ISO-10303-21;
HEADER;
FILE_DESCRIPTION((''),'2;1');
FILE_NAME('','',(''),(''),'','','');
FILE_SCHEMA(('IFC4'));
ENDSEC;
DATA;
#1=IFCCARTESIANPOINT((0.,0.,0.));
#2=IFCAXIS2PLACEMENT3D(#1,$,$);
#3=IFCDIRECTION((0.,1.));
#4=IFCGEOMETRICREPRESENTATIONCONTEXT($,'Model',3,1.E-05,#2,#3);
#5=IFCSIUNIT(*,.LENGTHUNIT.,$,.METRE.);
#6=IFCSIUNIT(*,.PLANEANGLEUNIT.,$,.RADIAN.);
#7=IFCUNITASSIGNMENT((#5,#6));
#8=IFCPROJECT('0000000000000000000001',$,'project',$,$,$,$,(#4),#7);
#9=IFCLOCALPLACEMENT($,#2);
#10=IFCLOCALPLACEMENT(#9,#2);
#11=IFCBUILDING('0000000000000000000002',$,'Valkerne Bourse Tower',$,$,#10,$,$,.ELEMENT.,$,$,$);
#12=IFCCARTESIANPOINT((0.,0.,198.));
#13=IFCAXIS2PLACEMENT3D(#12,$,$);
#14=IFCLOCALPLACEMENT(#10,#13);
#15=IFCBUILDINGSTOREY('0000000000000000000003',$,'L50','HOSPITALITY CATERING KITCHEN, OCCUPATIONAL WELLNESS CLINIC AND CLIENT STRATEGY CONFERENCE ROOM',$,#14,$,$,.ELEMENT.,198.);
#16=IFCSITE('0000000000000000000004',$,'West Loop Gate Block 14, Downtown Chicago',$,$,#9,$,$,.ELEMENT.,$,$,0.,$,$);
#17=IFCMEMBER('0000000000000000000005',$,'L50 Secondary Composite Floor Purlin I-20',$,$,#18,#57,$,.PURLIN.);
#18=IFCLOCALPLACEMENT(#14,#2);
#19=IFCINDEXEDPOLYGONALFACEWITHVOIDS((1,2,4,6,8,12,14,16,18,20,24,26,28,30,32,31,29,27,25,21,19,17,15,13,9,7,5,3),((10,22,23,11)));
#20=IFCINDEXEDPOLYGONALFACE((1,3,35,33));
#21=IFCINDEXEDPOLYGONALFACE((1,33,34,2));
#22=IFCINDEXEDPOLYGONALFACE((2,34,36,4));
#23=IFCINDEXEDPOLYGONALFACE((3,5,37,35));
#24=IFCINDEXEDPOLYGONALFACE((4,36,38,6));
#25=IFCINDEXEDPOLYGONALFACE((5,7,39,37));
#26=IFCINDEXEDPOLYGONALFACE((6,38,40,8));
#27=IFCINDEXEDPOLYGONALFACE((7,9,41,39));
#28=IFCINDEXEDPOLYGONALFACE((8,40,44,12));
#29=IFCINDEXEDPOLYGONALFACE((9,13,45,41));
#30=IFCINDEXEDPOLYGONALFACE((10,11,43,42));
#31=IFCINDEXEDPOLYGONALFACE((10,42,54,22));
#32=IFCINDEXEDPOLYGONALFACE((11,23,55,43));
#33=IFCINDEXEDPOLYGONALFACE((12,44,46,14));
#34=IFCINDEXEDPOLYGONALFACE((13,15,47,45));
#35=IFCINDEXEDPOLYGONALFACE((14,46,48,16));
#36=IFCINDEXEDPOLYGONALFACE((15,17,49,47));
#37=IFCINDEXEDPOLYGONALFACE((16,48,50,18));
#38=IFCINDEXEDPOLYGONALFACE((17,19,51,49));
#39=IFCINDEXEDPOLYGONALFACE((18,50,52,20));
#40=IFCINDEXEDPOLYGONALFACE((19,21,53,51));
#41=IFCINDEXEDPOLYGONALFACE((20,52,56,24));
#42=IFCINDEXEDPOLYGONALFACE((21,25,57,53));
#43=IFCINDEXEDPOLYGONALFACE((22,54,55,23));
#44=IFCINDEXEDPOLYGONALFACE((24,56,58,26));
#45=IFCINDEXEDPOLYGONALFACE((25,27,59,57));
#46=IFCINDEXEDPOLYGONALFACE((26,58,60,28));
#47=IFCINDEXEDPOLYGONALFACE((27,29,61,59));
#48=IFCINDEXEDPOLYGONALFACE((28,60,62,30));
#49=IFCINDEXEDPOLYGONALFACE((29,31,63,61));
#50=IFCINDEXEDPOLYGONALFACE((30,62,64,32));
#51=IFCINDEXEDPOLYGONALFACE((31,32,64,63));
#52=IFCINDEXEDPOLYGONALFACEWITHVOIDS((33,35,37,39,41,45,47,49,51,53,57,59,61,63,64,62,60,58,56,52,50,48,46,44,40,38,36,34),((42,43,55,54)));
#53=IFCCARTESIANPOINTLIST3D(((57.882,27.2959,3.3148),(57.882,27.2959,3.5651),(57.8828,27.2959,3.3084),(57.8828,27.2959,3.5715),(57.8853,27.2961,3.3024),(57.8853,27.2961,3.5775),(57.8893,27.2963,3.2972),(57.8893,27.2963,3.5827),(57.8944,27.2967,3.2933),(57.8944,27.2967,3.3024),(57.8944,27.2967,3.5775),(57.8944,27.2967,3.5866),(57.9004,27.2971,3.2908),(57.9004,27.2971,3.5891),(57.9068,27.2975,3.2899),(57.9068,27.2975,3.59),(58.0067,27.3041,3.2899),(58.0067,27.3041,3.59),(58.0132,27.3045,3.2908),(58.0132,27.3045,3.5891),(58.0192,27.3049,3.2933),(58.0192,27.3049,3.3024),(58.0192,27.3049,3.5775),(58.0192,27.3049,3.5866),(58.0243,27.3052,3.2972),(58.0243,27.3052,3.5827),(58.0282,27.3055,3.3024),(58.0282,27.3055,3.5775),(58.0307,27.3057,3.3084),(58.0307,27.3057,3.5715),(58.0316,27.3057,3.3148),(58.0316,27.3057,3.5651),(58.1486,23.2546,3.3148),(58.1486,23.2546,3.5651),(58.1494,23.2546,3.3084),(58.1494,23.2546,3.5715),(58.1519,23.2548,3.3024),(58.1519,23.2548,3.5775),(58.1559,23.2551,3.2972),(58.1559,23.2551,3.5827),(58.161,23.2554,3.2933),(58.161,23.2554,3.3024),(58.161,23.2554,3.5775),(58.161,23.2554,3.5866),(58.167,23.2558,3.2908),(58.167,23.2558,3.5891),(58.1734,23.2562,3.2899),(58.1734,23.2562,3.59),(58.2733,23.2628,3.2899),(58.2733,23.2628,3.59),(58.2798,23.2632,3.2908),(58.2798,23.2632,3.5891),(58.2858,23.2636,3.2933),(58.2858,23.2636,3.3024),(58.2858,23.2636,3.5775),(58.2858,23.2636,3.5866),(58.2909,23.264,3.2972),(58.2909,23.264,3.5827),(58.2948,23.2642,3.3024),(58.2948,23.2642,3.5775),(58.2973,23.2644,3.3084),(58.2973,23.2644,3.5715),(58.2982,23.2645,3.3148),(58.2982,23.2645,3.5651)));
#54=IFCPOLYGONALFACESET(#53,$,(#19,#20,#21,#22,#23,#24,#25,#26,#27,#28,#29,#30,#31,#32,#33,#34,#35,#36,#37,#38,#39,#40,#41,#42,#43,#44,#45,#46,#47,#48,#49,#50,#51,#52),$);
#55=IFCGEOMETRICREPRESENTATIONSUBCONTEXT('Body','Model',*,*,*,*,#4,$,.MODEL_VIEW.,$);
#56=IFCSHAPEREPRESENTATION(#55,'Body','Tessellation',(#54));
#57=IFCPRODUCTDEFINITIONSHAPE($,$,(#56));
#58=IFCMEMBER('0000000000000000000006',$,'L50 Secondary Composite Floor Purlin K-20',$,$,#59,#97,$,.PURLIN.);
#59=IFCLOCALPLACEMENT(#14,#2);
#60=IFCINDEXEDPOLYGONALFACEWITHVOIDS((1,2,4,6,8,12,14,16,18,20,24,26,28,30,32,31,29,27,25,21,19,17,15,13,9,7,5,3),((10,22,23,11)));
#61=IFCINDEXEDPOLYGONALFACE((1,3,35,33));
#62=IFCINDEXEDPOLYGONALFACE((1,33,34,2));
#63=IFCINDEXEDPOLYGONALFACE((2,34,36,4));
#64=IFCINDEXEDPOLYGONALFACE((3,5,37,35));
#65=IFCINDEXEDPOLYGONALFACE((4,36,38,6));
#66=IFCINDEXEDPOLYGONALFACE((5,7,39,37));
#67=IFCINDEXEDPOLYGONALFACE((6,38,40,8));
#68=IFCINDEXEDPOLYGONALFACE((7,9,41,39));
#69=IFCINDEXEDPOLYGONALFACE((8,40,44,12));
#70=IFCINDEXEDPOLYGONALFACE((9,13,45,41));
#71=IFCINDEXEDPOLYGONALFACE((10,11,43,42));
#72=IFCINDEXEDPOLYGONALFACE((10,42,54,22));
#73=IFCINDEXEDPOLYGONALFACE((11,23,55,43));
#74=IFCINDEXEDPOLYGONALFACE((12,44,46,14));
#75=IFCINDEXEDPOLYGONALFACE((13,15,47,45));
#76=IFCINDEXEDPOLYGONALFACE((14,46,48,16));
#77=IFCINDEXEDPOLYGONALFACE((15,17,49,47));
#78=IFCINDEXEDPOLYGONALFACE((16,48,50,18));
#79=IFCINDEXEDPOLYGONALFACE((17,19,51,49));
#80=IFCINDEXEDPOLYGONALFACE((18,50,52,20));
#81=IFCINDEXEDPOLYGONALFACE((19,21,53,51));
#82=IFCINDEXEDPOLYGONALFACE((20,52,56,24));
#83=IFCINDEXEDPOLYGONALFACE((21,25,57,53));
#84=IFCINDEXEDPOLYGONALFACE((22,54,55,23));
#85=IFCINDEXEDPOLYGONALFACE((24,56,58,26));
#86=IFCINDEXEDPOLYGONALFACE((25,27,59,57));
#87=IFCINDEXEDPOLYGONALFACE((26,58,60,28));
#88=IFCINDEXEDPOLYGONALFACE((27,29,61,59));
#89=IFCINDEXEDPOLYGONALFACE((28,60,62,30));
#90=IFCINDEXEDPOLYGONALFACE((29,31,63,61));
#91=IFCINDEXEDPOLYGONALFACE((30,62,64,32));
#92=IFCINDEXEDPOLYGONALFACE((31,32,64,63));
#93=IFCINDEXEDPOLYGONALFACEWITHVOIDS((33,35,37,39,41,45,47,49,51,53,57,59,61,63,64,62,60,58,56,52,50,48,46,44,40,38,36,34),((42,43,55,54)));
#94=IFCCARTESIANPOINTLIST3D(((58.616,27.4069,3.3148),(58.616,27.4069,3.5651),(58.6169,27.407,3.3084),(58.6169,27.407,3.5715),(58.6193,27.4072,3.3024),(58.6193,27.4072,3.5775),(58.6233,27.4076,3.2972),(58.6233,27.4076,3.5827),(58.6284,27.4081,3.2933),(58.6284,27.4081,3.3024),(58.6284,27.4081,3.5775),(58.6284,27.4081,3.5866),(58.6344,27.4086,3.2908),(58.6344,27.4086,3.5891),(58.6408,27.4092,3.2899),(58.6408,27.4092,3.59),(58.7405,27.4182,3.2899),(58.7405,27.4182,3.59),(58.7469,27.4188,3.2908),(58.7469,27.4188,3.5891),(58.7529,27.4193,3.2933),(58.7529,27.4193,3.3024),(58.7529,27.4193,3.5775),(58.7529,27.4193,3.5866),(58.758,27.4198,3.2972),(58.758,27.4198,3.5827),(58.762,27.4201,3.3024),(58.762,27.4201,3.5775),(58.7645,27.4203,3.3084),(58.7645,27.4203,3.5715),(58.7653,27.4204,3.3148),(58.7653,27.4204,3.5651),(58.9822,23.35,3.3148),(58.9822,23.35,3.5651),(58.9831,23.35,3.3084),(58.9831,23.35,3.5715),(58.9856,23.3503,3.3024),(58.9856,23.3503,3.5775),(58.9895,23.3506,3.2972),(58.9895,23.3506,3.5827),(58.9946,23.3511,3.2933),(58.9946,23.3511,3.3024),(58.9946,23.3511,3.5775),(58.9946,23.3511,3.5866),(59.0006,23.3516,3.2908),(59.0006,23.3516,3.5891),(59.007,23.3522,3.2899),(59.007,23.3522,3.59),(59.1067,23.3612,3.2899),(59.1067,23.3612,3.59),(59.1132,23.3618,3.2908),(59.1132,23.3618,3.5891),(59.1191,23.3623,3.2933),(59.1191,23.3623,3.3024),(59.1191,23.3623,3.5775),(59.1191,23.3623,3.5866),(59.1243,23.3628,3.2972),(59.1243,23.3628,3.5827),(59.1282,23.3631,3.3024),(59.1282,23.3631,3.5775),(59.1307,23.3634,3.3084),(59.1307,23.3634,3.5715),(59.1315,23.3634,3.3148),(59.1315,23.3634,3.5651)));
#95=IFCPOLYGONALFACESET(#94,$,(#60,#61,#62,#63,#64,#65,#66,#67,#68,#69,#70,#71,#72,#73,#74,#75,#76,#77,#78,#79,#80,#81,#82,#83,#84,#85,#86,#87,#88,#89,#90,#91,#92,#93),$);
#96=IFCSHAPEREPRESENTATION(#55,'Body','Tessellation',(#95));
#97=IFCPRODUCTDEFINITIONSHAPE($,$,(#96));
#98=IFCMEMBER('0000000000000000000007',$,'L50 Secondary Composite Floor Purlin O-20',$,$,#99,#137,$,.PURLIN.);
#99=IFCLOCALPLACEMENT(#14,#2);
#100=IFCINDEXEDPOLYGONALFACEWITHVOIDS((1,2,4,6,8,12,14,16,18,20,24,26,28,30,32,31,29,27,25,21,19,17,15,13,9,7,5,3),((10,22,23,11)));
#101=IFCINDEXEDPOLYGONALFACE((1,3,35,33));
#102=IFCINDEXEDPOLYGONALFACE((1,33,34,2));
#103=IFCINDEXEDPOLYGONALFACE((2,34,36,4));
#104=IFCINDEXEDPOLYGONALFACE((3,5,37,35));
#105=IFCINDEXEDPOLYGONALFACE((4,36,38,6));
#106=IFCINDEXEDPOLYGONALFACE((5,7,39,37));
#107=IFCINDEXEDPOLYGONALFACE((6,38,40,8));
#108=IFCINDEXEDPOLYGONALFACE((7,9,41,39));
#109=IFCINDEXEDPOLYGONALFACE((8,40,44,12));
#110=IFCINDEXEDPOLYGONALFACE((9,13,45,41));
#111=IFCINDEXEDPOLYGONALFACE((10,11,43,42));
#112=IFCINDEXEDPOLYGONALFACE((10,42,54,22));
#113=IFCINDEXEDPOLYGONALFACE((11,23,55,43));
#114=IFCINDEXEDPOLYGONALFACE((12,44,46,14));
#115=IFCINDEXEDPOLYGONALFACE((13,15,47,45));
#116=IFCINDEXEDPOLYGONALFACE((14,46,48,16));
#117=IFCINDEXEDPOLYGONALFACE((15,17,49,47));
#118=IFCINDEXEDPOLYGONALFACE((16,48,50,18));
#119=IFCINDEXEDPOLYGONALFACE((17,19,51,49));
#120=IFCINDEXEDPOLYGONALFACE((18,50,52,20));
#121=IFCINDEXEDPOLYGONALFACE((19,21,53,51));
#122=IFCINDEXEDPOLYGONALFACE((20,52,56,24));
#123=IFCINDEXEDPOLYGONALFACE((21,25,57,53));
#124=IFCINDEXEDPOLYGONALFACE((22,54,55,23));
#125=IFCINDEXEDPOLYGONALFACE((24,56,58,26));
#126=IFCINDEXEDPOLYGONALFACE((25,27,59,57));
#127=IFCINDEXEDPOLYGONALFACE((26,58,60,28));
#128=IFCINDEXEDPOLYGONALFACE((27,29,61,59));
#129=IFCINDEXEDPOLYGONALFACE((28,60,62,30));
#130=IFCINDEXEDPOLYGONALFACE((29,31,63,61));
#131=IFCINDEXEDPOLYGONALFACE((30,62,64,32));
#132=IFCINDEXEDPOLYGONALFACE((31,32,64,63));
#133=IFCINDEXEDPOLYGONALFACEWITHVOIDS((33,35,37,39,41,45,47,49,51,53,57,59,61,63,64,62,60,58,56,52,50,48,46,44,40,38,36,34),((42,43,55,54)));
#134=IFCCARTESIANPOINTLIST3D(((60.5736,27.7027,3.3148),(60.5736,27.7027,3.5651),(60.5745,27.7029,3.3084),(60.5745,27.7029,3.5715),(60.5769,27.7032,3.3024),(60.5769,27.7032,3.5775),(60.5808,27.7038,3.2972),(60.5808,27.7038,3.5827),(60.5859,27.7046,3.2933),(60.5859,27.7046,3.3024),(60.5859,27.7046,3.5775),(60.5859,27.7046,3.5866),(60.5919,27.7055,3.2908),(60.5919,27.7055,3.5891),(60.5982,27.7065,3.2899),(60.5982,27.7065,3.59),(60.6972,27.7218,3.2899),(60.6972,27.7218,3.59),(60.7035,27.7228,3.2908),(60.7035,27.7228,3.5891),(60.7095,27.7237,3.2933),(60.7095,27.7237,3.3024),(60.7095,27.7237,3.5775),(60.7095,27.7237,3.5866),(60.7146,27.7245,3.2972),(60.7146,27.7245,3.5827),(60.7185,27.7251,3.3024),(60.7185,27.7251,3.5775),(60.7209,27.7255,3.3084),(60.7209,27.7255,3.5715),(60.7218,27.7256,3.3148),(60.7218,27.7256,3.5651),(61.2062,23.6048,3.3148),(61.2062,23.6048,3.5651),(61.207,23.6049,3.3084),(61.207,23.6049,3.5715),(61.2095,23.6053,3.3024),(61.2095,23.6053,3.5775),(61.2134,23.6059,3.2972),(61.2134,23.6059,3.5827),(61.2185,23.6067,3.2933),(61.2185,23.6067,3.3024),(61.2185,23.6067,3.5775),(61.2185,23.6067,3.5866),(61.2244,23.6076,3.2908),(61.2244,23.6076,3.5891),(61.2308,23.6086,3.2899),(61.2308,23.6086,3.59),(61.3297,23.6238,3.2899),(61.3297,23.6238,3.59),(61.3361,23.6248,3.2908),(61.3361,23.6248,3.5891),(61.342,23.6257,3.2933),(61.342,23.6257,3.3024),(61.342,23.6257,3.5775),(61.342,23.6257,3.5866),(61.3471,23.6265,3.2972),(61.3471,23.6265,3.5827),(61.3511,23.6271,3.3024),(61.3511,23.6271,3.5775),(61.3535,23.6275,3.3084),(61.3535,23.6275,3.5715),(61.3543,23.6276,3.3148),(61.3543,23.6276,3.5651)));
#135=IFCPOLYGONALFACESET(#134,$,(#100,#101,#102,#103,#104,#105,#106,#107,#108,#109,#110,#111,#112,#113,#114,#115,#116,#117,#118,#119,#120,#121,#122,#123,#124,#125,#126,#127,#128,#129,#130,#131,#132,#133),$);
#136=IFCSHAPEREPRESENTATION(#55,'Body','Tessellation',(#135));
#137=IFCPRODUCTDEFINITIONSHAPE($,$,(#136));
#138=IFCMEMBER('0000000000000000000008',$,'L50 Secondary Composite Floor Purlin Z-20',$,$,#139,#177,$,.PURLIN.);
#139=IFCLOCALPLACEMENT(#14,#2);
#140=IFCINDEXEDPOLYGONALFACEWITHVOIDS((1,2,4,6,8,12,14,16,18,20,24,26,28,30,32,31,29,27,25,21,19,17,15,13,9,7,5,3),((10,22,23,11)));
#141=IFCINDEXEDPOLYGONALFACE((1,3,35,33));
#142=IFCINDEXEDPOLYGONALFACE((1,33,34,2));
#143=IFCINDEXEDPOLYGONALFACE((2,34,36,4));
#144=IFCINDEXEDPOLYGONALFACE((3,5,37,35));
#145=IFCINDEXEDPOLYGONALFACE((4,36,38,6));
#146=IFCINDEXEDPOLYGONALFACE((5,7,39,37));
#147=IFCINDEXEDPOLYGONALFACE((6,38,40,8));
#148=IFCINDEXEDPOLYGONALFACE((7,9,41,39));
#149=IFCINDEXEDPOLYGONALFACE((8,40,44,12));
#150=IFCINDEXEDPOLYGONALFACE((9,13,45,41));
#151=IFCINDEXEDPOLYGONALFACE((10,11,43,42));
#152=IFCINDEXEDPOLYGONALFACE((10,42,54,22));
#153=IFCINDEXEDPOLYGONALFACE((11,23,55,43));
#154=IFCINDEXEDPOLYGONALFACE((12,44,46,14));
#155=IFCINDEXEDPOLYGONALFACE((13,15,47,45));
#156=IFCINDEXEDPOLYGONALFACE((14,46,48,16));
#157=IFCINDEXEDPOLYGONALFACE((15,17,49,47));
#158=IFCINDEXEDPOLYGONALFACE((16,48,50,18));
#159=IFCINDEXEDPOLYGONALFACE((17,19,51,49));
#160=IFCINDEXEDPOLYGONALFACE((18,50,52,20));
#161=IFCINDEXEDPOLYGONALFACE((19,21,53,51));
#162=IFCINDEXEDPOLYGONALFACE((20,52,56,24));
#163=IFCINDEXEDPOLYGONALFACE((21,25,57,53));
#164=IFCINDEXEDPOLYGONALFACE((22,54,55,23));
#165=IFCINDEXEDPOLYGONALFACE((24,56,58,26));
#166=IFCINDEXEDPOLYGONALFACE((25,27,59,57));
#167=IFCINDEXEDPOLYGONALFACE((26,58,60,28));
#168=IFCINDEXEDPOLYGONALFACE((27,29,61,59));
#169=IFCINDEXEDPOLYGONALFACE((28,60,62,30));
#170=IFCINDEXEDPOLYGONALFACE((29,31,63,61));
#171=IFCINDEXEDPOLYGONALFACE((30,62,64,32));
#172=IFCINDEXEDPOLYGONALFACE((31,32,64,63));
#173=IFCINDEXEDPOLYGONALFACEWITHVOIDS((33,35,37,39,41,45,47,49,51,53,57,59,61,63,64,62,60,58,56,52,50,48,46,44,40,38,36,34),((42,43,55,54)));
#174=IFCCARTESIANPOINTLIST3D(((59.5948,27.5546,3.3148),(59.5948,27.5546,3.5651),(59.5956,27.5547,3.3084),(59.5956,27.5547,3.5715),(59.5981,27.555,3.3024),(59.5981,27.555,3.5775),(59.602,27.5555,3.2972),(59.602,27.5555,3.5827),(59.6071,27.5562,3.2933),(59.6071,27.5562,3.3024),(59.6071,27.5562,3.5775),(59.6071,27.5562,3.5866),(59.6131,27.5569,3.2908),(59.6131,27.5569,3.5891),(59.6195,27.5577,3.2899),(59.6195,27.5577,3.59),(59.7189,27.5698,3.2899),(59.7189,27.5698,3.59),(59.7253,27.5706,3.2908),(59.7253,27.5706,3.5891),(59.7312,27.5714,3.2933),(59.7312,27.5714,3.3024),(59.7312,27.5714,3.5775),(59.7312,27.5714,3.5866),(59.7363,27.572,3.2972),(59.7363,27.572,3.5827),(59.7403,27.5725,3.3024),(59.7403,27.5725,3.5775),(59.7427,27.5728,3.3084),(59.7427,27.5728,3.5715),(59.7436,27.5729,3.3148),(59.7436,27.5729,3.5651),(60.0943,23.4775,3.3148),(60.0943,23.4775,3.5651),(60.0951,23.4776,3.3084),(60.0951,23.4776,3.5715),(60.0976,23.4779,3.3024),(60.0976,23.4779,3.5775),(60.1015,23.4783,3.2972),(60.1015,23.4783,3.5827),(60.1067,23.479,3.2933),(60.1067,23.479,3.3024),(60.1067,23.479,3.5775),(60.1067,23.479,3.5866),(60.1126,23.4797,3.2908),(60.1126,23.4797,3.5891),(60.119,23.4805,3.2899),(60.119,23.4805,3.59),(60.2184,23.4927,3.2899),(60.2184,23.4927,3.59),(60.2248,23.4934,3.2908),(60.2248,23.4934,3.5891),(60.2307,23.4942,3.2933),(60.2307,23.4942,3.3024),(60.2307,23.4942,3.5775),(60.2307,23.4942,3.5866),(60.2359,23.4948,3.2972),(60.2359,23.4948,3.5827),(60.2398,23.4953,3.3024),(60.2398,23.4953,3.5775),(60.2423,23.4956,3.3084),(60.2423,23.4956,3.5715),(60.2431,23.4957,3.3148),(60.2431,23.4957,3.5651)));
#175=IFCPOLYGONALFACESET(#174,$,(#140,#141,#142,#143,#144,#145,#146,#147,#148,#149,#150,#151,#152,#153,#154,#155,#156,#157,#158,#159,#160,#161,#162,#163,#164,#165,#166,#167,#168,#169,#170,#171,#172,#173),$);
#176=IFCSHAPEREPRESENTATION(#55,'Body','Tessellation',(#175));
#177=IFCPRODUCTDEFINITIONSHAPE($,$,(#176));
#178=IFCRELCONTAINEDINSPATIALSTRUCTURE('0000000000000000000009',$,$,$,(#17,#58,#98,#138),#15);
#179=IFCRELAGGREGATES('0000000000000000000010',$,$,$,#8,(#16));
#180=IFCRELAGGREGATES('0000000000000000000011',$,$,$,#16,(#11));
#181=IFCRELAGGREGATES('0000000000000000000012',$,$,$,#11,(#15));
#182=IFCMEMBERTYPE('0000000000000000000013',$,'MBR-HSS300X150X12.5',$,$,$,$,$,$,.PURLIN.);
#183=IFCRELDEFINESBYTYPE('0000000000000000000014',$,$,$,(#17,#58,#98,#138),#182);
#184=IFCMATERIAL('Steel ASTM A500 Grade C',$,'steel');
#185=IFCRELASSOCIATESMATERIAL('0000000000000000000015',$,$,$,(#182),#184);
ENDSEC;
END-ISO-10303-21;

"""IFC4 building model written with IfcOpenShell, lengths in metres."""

from ifc_helpers import new_model, si_unit, direction, frame, origin, origin_2d, place, context, subcontext, project, spatial, hollow_rectangle, extrude, material, material_profile, profile_set, type_object, element, save


model = new_model("IFC4")

# Units and contexts
model_context = context("Model", 3, precision=1e-05, world=origin(), true_north=direction((0.0, 1.0)))
body_context = subcontext(model_context, "Body", "Model", "MODEL_VIEW")
ifc_project = project(units=[si_unit("LENGTHUNIT", "METRE"), si_unit("PLANEANGLEUNIT", "RADIAN")], contexts=[model_context])

# Site, building, storey
site_placement = place(None, origin())
site = spatial("IfcSite", under=ifc_project, at=site_placement, Name="West Loop Gate Block 14, Downtown Chicago", CompositionType="ELEMENT", RefElevation=0.0)
building_placement = place(site_placement, origin())
building = spatial("IfcBuilding", under=site, at=building_placement, Name="Valkerne Bourse Tower", CompositionType="ELEMENT")
storey_placement = place(building_placement, frame((0.0, 0.0, 198.0)))
storey = spatial("IfcBuildingStorey", under=building, at=storey_placement, Name="L50", Description="HOSPITALITY CATERING KITCHEN, OCCUPATIONAL WELLNESS CLINIC AND CLIENT STRATEGY CONFERENCE ROOM", CompositionType="ELEMENT", Elevation=198.0)

# Members
ifc_material_1 = material(Name="Steel ASTM A500 Grade C", Category="steel")
ifc_material_profile_1 = material_profile(ifc_material_1, hollow_rectangle(XDim=0.1499, YDim=0.3, WallThickness=0.0125, OuterFilletRadius=0.0249, at=origin_2d()), Name="HSS300X150X12.5")
ifc_profile_set_1 = profile_set([ifc_material_profile_1], Name="Steel ASTM A500 Grade C")
member_type_1 = type_object("IfcMemberType", Name="MBR-HSS300X150X12.5", PredefinedType="PURLIN", material=ifc_profile_set_1)
member_1_placement = place(storey_placement, frame((58.2234, 23.2595, 3.4399), z_axis=(-0.065827, 0.997831, 0.0), x_axis=(-0.997831, -0.065827, 0.0)))
element("IfcMember", 1, at=member_1_placement, inside=storey, type_object=member_type_1, Name="L50 Secondary Composite Floor Purlin I-20", PredefinedType="PURLIN", context=body_context, shape_type="SweptSolid", body=[
    extrude(hollow_rectangle(XDim=0.1499, YDim=0.3, WallThickness=0.0125, OuterFilletRadius=0.0249, at=origin_2d()), origin(), (0.0, 0.0, 1.0), 4.05),
])
member_2_placement = place(storey_placement, frame((59.0569, 23.3567, 3.4399), z_axis=(-0.089903, 0.99595, 0.0), x_axis=(-0.99595, -0.089903, 0.0)))
element("IfcMember", 2, at=member_2_placement, inside=storey, type_object=member_type_1, Name="L50 Secondary Composite Floor Purlin K-20", PredefinedType="PURLIN", context=body_context, shape_type="SweptSolid", body=[
    extrude(hollow_rectangle(XDim=0.1499, YDim=0.3, WallThickness=0.0125, OuterFilletRadius=0.0249, at=origin_2d()), origin(), (0.0, 0.0, 1.0), 4.0735),
])
member_3_placement = place(storey_placement, frame((61.2803, 23.6162, 3.4399), z_axis=(-0.152557, 0.988295, 0.0), x_axis=(-0.988295, -0.152557, 0.0)))
element("IfcMember", 3, at=member_3_placement, inside=storey, type_object=member_type_1, Name="L50 Secondary Composite Floor Purlin O-20", PredefinedType="PURLIN", context=body_context, shape_type="SweptSolid", body=[
    extrude(hollow_rectangle(XDim=0.1499, YDim=0.3, WallThickness=0.0125, OuterFilletRadius=0.0249, at=origin_2d()), origin(), (0.0, 0.0, 1.0), 4.1465),
])
member_4_placement = place(storey_placement, frame((60.1687, 23.4866, 3.4399), z_axis=(-0.121606, 0.992578, 0.0), x_axis=(-0.992578, -0.121606, 0.0)))
element("IfcMember", 4, at=member_4_placement, inside=storey, type_object=member_type_1, Name="L50 Secondary Composite Floor Purlin Z-20", PredefinedType="PURLIN", context=body_context, shape_type="SweptSolid", body=[
    extrude(hollow_rectangle(XDim=0.1499, YDim=0.3, WallThickness=0.0125, OuterFilletRadius=0.0249, at=origin_2d()), origin(), (0.0, 0.0, 1.0), 4.1077),
])

save(model, "model.ifc")
